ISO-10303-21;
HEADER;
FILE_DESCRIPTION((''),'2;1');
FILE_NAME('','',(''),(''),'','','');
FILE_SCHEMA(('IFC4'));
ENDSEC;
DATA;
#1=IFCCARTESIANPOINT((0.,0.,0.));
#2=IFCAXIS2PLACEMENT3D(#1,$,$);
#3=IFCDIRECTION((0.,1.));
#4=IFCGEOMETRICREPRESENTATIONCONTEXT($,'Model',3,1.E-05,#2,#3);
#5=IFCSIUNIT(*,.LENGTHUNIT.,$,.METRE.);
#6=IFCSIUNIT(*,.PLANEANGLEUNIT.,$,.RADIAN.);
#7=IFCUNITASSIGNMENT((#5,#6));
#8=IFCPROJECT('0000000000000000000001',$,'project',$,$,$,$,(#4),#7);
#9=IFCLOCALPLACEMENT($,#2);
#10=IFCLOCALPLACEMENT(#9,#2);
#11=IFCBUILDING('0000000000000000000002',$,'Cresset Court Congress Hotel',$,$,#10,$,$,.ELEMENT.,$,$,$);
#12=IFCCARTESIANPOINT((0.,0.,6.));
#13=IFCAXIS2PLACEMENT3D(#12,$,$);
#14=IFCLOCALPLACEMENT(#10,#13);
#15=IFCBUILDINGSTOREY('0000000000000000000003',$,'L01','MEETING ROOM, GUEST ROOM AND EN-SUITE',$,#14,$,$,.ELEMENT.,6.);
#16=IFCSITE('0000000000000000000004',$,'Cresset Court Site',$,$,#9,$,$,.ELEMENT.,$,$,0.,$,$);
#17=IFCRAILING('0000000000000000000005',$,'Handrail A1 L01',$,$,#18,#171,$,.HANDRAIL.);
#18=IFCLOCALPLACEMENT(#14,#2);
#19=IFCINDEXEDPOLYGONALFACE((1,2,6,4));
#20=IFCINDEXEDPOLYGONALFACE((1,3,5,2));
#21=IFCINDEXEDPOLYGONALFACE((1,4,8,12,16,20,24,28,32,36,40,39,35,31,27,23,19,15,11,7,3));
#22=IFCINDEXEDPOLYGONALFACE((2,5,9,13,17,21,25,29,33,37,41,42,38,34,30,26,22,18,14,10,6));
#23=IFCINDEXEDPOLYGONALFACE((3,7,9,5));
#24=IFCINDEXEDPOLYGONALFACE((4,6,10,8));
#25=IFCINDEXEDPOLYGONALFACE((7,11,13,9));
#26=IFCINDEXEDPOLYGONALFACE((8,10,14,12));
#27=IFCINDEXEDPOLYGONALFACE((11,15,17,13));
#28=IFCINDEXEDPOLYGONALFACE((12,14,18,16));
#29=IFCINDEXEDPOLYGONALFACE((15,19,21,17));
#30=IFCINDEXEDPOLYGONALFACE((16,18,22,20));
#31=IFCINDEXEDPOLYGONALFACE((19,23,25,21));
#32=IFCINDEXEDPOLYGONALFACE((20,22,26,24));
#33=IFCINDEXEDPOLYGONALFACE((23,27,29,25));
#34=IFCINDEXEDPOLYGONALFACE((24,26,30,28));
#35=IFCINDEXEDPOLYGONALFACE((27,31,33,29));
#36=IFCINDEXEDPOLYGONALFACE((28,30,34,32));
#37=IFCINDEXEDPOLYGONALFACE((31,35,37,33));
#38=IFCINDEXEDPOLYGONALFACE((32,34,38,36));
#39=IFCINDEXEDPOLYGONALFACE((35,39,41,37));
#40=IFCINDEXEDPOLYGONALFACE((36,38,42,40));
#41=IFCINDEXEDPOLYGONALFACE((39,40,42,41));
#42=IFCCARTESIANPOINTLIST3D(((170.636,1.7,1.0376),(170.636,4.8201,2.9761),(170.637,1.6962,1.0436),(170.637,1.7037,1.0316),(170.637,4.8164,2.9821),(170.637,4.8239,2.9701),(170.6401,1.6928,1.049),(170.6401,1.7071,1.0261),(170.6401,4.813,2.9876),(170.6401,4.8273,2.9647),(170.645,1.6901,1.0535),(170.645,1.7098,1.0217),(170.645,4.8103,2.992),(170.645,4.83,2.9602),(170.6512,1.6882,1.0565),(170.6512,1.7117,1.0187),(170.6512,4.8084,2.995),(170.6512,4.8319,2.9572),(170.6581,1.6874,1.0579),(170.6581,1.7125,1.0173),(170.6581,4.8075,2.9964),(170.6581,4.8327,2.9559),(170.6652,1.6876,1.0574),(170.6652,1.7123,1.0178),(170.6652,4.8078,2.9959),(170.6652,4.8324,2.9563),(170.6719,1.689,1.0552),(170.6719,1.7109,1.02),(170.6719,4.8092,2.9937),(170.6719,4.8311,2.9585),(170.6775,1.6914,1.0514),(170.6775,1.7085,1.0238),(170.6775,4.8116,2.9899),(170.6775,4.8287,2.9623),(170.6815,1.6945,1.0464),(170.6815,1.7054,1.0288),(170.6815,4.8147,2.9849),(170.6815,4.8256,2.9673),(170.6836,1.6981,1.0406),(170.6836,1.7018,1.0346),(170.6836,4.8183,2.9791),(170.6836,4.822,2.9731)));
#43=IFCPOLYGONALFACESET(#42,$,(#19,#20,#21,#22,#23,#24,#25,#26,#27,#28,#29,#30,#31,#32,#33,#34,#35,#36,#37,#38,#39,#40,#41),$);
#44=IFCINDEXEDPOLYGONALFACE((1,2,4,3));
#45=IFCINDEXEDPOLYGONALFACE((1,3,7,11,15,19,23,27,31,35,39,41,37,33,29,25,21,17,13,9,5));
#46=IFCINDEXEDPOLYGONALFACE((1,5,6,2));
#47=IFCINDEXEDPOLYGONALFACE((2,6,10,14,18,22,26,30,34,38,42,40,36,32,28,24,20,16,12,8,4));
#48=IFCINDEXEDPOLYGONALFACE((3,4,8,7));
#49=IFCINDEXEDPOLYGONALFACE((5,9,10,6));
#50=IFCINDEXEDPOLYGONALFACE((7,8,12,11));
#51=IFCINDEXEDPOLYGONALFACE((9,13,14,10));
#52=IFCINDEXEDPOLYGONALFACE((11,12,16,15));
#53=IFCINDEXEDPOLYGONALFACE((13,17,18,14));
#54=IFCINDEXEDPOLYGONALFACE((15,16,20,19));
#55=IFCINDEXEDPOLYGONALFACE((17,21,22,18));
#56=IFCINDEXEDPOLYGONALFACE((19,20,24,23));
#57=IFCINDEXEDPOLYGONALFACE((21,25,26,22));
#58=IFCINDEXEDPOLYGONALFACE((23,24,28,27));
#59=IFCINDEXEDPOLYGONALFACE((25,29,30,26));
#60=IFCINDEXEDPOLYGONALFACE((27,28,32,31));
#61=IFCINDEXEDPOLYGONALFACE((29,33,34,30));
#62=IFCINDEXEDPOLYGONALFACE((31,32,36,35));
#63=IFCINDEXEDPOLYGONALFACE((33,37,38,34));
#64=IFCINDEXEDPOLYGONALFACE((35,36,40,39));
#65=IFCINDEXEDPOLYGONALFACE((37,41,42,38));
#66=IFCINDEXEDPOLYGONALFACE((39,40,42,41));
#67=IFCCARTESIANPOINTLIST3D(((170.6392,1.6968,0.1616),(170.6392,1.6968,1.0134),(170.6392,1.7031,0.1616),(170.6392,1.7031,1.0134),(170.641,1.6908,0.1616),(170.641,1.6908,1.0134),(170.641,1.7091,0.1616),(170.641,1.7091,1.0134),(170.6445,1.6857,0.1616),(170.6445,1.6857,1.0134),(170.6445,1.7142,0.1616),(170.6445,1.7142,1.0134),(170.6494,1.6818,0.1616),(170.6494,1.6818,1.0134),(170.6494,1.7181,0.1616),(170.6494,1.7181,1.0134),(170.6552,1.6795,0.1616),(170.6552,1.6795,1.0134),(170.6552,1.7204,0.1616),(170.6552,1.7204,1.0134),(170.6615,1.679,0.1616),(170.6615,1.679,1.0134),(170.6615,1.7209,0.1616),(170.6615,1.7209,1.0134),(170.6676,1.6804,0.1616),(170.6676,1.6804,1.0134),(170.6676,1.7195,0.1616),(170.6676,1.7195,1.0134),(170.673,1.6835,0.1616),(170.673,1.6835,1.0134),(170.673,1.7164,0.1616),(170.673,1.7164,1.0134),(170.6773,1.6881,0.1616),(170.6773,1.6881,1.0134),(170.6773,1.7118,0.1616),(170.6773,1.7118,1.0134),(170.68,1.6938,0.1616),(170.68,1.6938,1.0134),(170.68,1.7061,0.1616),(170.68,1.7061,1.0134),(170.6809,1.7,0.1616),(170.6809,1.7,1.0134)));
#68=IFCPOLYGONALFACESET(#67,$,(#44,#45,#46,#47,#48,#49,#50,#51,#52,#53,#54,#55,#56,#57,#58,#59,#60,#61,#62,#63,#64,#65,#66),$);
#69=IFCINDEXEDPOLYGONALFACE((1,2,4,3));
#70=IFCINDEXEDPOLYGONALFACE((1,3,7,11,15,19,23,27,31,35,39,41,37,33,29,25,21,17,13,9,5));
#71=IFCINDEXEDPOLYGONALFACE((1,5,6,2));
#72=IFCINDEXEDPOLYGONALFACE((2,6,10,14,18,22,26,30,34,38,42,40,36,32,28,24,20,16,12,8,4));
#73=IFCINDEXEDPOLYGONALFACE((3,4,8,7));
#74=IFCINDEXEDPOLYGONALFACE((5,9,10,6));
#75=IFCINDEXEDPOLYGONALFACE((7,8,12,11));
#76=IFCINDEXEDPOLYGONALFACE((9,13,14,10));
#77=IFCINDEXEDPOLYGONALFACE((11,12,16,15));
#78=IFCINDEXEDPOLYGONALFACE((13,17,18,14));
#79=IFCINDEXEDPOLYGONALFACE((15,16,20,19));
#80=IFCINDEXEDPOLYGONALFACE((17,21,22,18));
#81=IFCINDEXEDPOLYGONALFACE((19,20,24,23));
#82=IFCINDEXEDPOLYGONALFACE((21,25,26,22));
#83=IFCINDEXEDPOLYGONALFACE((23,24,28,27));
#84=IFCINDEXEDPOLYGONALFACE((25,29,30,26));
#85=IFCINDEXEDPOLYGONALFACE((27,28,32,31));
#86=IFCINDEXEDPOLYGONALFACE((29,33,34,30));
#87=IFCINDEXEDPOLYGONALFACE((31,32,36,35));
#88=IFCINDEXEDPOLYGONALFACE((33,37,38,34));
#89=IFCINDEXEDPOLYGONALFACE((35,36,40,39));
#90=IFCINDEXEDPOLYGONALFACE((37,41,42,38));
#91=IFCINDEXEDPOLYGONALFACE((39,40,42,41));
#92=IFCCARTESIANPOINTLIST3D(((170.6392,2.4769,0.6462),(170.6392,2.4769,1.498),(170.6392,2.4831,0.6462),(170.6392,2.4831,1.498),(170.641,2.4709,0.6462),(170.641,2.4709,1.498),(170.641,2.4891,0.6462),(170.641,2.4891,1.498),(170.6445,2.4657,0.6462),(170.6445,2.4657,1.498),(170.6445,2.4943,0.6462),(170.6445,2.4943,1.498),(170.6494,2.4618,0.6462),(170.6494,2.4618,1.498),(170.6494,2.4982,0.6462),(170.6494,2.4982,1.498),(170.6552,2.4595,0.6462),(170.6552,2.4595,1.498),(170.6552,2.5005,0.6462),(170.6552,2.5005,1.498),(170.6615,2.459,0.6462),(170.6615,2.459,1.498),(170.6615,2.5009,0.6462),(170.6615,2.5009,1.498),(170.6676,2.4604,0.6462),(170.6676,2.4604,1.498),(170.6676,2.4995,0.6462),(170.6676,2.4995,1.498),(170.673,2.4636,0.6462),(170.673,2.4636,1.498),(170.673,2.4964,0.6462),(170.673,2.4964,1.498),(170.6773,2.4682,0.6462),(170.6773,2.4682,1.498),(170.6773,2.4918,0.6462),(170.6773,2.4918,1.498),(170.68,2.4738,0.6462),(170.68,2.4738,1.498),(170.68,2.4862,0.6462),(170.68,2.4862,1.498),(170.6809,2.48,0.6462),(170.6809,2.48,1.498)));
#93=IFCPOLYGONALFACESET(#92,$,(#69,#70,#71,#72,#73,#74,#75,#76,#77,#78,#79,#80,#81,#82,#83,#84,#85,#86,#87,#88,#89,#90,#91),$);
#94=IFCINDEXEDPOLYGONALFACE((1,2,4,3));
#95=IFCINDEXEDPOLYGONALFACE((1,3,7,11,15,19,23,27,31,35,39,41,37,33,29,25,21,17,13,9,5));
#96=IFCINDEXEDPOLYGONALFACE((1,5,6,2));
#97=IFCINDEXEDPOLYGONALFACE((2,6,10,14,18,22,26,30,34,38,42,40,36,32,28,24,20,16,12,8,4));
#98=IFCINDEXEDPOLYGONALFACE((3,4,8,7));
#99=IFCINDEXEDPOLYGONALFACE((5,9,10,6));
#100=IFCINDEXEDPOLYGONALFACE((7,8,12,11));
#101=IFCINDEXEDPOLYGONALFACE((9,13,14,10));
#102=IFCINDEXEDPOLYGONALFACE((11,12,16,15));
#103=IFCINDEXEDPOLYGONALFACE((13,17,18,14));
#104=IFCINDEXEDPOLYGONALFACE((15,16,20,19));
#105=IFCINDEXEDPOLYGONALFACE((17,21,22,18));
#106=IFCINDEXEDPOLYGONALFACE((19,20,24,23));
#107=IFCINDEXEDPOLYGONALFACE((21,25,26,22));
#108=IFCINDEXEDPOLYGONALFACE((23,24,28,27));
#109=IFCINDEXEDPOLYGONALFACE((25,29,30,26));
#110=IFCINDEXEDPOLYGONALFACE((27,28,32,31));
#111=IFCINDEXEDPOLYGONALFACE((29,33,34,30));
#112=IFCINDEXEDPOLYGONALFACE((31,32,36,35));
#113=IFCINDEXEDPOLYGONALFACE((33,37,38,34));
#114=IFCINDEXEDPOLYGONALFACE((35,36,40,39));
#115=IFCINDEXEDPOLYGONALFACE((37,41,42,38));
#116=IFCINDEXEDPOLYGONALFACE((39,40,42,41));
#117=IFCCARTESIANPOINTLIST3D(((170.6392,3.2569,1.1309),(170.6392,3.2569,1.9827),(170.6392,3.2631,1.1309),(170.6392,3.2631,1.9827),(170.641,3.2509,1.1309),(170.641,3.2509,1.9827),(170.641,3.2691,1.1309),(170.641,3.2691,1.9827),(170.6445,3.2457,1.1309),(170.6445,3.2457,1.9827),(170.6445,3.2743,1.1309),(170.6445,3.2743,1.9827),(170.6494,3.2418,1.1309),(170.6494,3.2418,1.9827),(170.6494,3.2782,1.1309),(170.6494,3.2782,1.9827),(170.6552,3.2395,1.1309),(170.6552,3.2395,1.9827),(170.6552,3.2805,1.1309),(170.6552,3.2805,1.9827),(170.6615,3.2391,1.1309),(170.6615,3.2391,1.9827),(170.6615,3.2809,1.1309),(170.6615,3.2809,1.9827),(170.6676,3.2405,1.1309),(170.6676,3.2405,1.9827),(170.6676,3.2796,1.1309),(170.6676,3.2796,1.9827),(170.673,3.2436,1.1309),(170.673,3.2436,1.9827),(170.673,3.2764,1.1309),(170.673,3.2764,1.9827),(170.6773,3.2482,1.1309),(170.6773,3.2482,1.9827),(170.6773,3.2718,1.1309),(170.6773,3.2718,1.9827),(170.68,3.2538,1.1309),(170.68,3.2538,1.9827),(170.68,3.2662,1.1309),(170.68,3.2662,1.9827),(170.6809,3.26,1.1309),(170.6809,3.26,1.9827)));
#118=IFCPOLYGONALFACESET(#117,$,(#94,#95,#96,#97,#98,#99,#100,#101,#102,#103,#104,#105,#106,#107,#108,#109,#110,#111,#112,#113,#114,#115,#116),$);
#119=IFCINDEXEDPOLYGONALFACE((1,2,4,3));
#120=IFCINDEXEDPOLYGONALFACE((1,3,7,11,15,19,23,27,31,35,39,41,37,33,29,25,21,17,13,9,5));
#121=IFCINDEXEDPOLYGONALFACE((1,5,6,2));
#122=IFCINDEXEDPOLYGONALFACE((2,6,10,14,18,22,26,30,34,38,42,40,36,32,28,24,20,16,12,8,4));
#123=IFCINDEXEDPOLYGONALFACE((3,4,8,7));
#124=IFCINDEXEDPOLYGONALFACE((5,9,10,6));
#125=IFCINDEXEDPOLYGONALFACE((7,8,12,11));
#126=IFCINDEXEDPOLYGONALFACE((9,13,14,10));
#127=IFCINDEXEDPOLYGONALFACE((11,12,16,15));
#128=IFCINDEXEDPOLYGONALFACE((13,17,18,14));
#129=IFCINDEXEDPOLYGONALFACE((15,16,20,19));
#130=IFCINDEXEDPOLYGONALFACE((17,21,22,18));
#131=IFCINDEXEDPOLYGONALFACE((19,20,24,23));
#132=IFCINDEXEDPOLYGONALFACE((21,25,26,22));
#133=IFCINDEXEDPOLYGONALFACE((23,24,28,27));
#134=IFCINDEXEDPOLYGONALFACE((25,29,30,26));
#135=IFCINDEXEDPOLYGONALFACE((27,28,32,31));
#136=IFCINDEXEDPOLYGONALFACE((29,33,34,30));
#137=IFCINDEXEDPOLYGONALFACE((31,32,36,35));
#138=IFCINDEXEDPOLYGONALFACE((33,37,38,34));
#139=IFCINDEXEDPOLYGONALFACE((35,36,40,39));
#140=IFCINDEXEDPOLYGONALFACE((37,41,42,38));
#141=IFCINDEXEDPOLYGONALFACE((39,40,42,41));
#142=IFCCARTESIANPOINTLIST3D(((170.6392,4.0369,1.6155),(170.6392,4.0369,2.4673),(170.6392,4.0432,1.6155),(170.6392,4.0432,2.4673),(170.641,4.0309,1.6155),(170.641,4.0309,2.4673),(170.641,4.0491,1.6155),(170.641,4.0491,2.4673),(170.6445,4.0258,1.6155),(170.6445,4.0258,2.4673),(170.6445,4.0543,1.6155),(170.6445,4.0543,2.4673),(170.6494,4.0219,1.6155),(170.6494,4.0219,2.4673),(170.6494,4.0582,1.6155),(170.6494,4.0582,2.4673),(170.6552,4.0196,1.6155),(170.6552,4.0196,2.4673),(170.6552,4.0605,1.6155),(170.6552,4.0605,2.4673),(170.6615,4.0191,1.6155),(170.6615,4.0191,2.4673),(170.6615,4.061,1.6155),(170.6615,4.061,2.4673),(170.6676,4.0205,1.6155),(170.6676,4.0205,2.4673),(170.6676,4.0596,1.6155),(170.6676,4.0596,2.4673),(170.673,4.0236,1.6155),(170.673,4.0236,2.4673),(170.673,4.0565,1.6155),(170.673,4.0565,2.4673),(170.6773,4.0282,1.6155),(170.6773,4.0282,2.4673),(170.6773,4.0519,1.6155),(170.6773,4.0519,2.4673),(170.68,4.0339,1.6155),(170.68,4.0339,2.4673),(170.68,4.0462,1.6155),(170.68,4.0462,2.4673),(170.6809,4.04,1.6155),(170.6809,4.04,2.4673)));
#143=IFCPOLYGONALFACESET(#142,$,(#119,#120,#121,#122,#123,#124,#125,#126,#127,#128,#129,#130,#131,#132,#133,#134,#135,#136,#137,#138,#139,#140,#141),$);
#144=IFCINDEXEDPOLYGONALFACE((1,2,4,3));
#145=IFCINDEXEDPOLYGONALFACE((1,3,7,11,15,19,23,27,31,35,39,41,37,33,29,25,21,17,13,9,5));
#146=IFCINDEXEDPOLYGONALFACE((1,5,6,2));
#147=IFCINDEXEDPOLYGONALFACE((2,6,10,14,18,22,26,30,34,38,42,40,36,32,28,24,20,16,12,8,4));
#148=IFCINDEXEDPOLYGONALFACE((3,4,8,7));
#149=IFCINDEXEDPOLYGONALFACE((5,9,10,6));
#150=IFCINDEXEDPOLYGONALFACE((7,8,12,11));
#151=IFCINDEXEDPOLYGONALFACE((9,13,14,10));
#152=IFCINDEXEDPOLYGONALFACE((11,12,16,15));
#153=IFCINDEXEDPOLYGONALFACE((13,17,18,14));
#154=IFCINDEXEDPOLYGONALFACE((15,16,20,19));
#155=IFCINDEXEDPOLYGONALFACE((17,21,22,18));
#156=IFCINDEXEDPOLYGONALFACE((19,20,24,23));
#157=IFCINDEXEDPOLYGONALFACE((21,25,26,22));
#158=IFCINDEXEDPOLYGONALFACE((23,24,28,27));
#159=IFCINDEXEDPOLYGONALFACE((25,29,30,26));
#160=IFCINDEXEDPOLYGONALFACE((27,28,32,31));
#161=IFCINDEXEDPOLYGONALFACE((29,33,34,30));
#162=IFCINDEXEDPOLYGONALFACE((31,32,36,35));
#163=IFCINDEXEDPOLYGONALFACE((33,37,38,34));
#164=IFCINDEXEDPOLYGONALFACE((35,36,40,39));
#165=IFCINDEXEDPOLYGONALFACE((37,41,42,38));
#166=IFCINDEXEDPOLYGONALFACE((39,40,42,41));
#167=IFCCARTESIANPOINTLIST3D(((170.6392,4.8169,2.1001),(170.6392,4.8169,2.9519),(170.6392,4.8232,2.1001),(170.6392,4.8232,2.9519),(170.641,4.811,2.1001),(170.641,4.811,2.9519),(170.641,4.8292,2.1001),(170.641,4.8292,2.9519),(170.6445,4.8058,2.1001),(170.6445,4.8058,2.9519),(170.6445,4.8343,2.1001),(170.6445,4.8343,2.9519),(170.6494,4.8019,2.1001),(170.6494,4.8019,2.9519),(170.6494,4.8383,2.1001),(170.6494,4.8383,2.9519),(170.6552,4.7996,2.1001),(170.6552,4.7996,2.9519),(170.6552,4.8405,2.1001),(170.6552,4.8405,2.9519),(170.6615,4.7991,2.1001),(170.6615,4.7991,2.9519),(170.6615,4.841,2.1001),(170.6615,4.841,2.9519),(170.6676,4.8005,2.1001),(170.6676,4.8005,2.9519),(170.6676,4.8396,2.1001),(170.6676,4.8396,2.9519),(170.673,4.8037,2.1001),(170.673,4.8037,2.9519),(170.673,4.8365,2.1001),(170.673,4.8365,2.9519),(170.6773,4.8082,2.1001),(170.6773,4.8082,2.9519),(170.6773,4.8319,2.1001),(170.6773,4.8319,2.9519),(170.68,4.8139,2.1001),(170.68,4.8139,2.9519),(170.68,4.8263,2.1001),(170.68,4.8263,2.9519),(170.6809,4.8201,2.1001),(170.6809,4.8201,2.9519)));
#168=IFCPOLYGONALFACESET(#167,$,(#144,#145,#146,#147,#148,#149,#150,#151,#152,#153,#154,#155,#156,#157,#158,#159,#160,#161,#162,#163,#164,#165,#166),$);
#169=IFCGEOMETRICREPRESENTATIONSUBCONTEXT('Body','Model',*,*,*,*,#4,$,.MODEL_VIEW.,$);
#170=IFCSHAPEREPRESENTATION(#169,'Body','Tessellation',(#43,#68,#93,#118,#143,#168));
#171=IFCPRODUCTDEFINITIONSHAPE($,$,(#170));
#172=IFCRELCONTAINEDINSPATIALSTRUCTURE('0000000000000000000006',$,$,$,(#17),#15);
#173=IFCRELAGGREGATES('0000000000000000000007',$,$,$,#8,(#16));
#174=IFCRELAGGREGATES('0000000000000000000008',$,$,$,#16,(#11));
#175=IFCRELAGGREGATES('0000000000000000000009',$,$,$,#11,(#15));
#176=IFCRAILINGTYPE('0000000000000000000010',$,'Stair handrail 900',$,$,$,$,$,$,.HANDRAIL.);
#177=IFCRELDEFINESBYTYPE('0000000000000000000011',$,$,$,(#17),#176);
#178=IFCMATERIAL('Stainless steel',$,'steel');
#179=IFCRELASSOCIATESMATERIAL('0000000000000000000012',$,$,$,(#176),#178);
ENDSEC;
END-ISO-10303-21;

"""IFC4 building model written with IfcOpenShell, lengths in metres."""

from ifc_helpers import new_model, si_unit, direction, frame, origin, origin_2d, place, context, subcontext, project, spatial, circle, extrude, material, type_object, element, save


model = new_model("IFC4")

# Units and contexts
model_context = context("Model", 3, precision=1e-05, world=origin(), true_north=direction((0.0, 1.0)))
body_context = subcontext(model_context, "Body", "Model", "MODEL_VIEW")
ifc_project = project(units=[si_unit("LENGTHUNIT", "METRE"), si_unit("PLANEANGLEUNIT", "RADIAN")], contexts=[model_context])

# Site, building, storey
site_placement = place(None, origin())
site = spatial("IfcSite", under=ifc_project, at=site_placement, Name="Cresset Court Site", CompositionType="ELEMENT", RefElevation=0.0)
building_placement = place(site_placement, origin())
building = spatial("IfcBuilding", under=site, at=building_placement, Name="Cresset Court Congress Hotel", CompositionType="ELEMENT")
storey_placement = place(building_placement, frame((0.0, 0.0, 6.0)))
storey = spatial("IfcBuildingStorey", under=building, at=storey_placement, Name="L01", Description="MEETING ROOM, GUEST ROOM AND EN-SUITE", CompositionType="ELEMENT", Elevation=6.0)

# Railing
ifc_material_1 = material(Name="Stainless steel", Category="steel")
railing_type_1 = type_object("IfcRailingType", Name="Stair handrail 900", PredefinedType="HANDRAIL", material=ifc_material_1)
for number, where, name in (
    (1, (170.6599, 1.7, 0.1616), "Handrail A1 L01"),
):
    element("IfcRailing", number, at=place(storey_placement, frame(where)), inside=storey, type_object=railing_type_1, Name=name, PredefinedType="HANDRAIL", context=body_context, shape_type="SweptSolid", body=[
        extrude(circle(Radius=0.0239, at=origin_2d()), frame((0.0, 0.0, 0.876), z_axis=(0.0, 0.849414, 0.527727), x_axis=(-1.0, 0.0, 0.0)), (0.0, 0.0, 1.0), 3.6733),
        extrude(circle(Radius=0.021, at=origin_2d()), origin(), (0.0, 0.0, 1.0), 0.8518),
        extrude(circle(Radius=0.021, at=origin_2d()), frame((0.0, 0.78, 0.4846)), (0.0, 0.0, 1.0), 0.8518),
        extrude(circle(Radius=0.021, at=origin_2d()), frame((0.0, 1.5601, 0.9692)), (0.0, 0.0, 1.0), 0.8518),
        extrude(circle(Radius=0.021, at=origin_2d()), frame((0.0, 2.3401, 1.4539)), (0.0, 0.0, 1.0), 0.8518),
        extrude(circle(Radius=0.021, at=origin_2d()), frame((0.0, 3.1201, 1.9385)), (0.0, 0.0, 1.0), 0.8518),
    ])

save(model, "model.ifc")
